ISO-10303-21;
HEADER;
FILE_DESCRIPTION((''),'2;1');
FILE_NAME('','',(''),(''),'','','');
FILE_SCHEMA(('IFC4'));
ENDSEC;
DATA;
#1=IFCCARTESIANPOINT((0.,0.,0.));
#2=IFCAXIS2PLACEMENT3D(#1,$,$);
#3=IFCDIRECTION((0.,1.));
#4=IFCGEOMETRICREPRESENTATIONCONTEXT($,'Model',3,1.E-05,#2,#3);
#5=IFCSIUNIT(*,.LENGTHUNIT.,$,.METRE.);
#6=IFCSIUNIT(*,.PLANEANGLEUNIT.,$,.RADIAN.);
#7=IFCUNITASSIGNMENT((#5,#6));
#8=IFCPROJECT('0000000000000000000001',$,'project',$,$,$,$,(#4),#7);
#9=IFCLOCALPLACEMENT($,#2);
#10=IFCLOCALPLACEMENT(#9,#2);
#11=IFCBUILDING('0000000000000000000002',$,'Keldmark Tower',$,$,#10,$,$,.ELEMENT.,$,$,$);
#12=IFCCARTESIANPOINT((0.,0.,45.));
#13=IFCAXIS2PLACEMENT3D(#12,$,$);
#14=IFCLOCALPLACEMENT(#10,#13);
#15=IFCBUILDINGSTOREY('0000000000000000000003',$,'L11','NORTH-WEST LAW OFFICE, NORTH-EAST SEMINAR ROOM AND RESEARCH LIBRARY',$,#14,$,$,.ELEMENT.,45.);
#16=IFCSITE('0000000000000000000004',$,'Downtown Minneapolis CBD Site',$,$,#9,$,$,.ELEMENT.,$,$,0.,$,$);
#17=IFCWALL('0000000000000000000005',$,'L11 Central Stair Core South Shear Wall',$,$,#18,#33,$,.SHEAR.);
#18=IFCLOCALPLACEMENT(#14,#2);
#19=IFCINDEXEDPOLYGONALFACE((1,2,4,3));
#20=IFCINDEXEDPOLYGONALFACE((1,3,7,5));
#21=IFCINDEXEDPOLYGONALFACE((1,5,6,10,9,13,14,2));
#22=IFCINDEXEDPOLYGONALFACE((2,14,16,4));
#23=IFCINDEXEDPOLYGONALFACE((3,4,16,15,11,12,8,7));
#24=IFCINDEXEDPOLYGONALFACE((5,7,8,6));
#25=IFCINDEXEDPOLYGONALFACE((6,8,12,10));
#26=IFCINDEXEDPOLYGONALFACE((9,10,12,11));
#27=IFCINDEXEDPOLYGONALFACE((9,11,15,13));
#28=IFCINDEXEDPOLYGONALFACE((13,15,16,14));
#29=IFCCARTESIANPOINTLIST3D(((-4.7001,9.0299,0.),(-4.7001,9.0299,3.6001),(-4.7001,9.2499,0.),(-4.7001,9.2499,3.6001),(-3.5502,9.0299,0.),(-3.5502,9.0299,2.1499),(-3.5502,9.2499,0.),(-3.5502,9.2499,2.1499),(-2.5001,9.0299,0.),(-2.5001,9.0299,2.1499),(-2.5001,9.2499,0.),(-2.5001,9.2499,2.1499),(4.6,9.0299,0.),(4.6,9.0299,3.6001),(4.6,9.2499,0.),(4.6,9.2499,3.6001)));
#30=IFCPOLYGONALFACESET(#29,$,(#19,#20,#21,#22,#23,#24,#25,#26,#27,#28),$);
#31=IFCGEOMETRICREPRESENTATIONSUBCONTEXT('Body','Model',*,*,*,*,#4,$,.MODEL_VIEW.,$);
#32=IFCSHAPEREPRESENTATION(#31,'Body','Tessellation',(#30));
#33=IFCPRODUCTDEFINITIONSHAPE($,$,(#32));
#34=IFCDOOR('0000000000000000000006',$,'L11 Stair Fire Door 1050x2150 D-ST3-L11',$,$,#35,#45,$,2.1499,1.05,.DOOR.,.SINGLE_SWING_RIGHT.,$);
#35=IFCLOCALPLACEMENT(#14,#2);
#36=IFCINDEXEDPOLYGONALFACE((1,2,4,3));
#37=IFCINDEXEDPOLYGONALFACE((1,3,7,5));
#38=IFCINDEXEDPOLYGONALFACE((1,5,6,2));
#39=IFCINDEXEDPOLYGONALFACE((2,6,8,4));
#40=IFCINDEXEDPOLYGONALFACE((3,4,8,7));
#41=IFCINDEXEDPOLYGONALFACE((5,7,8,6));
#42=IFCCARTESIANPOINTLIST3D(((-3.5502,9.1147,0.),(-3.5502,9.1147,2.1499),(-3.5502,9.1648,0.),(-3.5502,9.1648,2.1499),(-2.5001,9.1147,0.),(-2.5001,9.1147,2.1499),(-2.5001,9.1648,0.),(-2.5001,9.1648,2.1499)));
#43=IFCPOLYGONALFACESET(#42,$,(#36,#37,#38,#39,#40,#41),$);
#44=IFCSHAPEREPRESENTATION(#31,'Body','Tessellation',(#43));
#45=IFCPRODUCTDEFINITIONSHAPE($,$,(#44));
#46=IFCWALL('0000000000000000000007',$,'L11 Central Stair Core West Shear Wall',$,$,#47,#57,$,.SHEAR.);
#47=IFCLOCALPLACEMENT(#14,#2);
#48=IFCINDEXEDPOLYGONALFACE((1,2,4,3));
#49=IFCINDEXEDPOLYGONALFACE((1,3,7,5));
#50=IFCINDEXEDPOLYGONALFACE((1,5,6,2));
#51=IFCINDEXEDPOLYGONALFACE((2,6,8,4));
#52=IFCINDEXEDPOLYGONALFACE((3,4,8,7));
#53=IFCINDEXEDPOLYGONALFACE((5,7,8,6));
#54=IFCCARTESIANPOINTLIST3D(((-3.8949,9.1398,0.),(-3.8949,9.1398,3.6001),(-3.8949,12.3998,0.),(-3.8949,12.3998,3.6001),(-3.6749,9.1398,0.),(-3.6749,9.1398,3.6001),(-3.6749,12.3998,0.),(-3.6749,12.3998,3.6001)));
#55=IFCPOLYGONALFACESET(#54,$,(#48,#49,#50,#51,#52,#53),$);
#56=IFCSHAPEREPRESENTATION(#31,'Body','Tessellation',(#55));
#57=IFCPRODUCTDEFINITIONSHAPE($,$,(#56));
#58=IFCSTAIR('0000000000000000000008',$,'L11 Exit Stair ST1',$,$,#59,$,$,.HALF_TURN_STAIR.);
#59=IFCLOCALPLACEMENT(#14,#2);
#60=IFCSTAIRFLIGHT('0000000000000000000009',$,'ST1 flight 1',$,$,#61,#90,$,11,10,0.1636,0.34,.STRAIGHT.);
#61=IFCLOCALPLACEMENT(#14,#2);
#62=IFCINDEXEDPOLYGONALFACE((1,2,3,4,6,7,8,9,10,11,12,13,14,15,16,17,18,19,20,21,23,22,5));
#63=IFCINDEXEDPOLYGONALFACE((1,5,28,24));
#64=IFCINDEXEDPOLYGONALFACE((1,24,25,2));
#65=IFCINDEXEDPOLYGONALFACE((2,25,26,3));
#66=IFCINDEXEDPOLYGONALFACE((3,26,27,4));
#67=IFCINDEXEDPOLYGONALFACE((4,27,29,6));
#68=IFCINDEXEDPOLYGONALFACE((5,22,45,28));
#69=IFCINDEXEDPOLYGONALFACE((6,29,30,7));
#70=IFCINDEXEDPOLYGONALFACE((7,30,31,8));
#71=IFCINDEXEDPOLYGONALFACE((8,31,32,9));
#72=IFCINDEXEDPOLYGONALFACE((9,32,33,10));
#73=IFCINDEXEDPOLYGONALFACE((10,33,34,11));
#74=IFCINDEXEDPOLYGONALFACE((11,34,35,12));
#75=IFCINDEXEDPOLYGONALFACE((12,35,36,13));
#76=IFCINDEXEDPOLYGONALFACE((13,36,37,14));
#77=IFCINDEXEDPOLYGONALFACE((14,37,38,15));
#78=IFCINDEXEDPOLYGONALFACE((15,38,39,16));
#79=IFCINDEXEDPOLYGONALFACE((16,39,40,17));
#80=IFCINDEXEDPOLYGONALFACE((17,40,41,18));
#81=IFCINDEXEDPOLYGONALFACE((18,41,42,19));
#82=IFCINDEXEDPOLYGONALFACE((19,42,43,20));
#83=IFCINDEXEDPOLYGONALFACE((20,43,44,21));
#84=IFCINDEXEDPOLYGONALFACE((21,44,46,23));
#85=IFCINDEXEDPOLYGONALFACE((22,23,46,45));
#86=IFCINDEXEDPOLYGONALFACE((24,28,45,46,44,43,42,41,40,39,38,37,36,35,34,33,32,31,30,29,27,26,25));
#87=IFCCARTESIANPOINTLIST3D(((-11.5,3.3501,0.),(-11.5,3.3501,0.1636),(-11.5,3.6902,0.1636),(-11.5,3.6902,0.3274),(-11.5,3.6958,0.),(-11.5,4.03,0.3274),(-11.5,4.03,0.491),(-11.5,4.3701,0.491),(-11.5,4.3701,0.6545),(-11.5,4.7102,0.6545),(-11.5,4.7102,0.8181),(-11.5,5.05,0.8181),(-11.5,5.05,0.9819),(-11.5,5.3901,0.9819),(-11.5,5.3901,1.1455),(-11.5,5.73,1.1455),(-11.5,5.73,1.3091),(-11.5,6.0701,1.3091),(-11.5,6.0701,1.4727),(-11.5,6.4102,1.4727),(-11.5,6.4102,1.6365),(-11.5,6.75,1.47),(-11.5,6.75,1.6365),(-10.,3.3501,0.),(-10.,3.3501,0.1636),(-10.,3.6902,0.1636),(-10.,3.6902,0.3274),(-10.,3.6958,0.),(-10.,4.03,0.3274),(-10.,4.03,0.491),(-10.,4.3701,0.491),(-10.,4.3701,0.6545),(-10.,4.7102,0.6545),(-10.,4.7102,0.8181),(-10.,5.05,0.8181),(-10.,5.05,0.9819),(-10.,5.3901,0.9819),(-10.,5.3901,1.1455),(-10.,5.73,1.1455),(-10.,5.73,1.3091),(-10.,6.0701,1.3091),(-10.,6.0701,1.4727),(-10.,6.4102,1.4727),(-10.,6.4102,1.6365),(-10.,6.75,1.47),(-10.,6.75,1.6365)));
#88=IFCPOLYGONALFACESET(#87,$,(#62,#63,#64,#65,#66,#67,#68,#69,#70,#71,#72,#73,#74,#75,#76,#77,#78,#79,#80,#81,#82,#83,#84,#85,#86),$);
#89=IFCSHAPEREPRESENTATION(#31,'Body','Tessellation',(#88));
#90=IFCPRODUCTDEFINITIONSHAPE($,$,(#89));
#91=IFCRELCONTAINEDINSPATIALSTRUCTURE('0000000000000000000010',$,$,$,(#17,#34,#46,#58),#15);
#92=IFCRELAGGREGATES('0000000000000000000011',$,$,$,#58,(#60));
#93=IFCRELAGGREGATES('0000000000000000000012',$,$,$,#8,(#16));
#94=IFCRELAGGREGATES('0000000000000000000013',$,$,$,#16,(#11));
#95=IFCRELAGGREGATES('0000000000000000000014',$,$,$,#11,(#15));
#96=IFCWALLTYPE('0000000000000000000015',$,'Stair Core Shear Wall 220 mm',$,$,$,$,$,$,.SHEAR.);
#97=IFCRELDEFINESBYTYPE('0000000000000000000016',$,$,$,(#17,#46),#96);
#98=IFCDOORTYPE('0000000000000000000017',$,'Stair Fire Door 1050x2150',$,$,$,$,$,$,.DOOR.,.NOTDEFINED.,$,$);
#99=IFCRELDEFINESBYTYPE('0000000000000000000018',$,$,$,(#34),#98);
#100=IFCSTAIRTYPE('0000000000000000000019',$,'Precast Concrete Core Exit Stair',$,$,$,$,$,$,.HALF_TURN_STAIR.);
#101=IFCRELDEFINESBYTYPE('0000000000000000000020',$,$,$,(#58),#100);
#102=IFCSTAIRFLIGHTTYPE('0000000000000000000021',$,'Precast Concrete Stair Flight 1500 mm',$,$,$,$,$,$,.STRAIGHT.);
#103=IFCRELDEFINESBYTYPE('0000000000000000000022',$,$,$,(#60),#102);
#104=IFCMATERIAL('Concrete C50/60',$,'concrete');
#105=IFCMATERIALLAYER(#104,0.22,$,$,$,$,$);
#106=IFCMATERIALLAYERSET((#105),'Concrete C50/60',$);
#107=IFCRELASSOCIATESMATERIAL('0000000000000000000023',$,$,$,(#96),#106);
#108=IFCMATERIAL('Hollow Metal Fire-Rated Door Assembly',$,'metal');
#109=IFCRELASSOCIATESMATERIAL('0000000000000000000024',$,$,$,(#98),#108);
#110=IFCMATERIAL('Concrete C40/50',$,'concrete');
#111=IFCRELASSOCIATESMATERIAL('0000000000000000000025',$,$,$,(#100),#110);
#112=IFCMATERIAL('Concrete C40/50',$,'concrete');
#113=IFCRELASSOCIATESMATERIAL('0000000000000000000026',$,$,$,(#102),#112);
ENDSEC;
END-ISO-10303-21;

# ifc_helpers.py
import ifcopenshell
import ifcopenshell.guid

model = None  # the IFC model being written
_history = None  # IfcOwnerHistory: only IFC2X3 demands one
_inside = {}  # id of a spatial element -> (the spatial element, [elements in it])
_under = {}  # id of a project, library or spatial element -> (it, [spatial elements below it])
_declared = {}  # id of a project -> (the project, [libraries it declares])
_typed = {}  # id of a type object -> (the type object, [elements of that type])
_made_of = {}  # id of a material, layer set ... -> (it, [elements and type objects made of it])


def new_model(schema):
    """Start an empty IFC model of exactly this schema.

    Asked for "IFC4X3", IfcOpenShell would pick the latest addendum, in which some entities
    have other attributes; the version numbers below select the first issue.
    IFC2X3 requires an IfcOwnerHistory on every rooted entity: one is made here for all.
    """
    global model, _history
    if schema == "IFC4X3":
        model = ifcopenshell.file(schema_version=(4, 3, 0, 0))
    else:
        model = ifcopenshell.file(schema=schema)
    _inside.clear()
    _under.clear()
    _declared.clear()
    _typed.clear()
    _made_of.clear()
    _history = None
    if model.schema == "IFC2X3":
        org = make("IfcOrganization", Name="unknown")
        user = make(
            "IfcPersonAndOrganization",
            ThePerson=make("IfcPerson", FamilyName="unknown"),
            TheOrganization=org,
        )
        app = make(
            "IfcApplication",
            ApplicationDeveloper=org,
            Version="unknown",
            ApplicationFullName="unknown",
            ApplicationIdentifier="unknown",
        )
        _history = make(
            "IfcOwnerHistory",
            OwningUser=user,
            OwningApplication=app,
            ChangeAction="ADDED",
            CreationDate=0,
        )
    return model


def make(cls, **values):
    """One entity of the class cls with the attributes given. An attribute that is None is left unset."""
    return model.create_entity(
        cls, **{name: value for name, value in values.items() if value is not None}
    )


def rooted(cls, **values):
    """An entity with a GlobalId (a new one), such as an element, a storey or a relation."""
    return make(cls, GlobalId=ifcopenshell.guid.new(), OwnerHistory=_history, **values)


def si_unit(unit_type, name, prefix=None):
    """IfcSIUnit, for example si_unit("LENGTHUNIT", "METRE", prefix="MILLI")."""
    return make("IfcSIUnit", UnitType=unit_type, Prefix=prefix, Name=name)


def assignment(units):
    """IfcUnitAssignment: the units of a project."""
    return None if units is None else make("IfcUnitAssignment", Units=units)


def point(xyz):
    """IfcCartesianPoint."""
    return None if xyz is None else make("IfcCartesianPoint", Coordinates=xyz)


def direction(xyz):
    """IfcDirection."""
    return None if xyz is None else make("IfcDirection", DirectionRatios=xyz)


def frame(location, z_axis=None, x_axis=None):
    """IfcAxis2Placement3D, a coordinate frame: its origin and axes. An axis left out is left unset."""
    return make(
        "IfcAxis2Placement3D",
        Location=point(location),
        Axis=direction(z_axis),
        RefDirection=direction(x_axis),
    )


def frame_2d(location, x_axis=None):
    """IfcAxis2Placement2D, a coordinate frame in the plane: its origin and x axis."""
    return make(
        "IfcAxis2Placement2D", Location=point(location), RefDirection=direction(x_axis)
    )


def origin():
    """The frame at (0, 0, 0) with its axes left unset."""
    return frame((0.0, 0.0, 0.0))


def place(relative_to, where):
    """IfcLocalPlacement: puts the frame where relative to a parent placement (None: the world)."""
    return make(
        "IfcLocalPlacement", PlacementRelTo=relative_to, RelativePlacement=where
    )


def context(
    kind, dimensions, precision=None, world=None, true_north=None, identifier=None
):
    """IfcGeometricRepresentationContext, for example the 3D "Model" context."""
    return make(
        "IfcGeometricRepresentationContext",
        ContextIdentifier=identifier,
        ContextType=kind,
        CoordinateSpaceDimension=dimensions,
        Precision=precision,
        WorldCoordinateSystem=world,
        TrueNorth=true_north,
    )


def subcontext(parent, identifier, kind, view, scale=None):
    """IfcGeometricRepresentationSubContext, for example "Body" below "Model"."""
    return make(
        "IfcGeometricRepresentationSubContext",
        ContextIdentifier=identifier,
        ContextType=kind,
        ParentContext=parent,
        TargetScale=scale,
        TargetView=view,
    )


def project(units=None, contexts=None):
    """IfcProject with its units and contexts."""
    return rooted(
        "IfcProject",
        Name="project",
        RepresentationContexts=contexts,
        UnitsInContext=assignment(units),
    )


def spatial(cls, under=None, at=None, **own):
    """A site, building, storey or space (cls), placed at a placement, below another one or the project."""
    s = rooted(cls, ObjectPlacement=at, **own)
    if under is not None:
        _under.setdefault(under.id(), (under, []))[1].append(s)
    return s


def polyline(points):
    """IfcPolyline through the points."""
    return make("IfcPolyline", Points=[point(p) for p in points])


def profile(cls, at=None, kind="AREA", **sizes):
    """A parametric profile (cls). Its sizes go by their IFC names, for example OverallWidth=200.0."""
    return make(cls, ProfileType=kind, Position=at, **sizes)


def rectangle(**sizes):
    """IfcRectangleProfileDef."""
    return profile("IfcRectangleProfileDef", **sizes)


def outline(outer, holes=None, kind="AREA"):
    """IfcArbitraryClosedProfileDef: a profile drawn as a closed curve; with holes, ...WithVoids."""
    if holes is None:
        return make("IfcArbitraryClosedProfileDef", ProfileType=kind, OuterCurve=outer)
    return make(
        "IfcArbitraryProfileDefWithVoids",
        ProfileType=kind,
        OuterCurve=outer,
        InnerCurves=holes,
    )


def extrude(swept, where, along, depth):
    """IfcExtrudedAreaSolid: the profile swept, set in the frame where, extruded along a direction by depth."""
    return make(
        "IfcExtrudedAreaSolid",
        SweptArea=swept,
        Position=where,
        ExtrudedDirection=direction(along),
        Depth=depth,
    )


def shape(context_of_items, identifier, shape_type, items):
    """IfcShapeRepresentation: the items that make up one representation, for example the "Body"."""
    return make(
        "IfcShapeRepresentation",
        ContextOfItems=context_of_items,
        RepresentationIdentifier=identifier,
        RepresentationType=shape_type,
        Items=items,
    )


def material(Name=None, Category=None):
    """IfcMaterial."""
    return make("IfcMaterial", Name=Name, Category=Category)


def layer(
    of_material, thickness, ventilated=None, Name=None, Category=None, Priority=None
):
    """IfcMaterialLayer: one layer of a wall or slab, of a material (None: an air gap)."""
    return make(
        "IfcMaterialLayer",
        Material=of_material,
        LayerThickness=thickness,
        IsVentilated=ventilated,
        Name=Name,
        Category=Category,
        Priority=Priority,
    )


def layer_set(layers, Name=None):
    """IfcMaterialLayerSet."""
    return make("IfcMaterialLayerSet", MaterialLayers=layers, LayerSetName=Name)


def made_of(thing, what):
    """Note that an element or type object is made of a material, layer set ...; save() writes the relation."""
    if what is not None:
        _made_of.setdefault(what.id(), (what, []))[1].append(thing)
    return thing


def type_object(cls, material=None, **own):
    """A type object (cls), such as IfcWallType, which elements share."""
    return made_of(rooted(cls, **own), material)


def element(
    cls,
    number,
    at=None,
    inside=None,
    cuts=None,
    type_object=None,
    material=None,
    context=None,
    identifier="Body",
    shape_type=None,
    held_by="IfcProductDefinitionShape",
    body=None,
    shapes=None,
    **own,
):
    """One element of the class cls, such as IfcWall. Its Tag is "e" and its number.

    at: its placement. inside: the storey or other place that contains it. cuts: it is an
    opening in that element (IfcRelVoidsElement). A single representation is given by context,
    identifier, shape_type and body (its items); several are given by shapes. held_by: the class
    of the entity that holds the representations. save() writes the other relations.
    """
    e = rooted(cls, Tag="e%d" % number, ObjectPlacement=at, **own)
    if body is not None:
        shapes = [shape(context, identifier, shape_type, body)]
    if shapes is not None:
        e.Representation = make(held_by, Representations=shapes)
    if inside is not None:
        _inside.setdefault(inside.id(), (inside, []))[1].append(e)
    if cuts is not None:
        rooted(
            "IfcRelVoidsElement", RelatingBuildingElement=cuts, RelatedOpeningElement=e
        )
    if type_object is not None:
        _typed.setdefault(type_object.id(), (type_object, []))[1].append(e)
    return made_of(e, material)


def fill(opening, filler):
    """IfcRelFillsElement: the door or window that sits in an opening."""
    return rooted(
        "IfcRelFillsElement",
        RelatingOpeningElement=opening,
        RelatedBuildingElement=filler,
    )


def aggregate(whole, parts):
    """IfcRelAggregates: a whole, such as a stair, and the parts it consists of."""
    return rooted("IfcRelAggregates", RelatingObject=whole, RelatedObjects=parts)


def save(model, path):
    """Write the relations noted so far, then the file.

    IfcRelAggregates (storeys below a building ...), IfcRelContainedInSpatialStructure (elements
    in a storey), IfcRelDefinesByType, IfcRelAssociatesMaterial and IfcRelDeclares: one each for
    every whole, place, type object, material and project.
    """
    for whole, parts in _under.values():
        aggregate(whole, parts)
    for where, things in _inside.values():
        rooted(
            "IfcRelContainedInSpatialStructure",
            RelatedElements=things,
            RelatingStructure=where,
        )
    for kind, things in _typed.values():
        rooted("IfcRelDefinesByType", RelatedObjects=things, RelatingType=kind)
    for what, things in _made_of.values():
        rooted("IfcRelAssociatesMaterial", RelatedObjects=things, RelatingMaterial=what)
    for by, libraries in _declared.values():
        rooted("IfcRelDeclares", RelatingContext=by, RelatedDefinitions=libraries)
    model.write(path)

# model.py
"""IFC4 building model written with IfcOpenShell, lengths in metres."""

from ifc_helpers import new_model, si_unit, direction, frame, frame_2d, origin, place, context, subcontext, project, spatial, polyline, rectangle, outline, extrude, material, layer, layer_set, type_object, element, fill, aggregate, save


model = new_model("IFC4")

# Units and contexts
model_context = context("Model", 3, precision=1e-05, world=origin(), true_north=direction((0.0, 1.0)))
body_context = subcontext(model_context, "Body", "Model", "MODEL_VIEW")
ifc_project = project(units=[si_unit("LENGTHUNIT", "METRE"), si_unit("PLANEANGLEUNIT", "RADIAN")], contexts=[model_context])

# Site, building, storey
site_placement = place(None, origin())
site = spatial("IfcSite", under=ifc_project, at=site_placement, Name="Downtown Minneapolis CBD Site", CompositionType="ELEMENT", RefElevation=0.0)
building_placement = place(site_placement, origin())
building = spatial("IfcBuilding", under=site, at=building_placement, Name="Keldmark Tower", CompositionType="ELEMENT")
storey_placement = place(building_placement, frame((0.0, 0.0, 45.0)))
storey = spatial("IfcBuildingStorey", under=building, at=storey_placement, Name="L11", Description="NORTH-WEST LAW OFFICE, NORTH-EAST SEMINAR ROOM AND RESEARCH LIBRARY", CompositionType="ELEMENT", Elevation=45.0)

# Shared definitions
ifc_material_1 = material(Name="Concrete C50/60", Category="concrete")
ifc_layer_1 = layer(ifc_material_1, 0.22)
ifc_layer_set_1 = layer_set([ifc_layer_1], Name="Concrete C50/60")
wall_type_1 = type_object("IfcWallType", Name="Stair Core Shear Wall 220 mm", PredefinedType="SHEAR", material=ifc_layer_set_1)

# Wall, opening, door
wall_1_placement = place(storey_placement, frame((-4.7, 9.1399, 0.0), z_axis=(0.0, 0.0, 1.0), x_axis=(1.0, 0.0, 0.0)))
wall_1 = element("IfcWall", 1, at=wall_1_placement, inside=storey, type_object=wall_type_1, Name="L11 Central Stair Core South Shear Wall", PredefinedType="SHEAR", context=body_context, shape_type="SweptSolid", body=[
    extrude(rectangle(XDim=9.3, YDim=0.22, at=frame_2d((4.6499, 0.0))), origin(), (0.0, 0.0, 1.0), 3.6001),
])
opening_1_placement = place(wall_1_placement, frame((1.1499, 0.0, 0.0)))
opening_1 = element("IfcOpeningElement", 2, at=opening_1_placement, cuts=wall_1, PredefinedType="OPENING", context=body_context, shape_type="SweptSolid", body=[
    extrude(rectangle(XDim=1.05, YDim=2.1499, at=frame_2d((0.5249, 1.075))), frame((0.0, 0.1199, 0.0), z_axis=(0.0, -1.0, 0.0), x_axis=(1.0, 0.0, 0.0)), (0.0, 0.0, 1.0), 0.24),
])
ifc_material_2 = material(Name="Hollow Metal Fire-Rated Door Assembly", Category="metal")
door_type_1 = type_object("IfcDoorType", Name="Stair Fire Door 1050x2150", OperationType="NOTDEFINED", PredefinedType="DOOR", material=ifc_material_2)
door_1_placement = place(opening_1_placement, origin())
door_1 = element("IfcDoor", 3, at=door_1_placement, inside=storey, type_object=door_type_1, Name="L11 Stair Fire Door 1050x2150 D-ST3-L11", OperationType="SINGLE_SWING_RIGHT", OverallHeight=2.1499, OverallWidth=1.05, PredefinedType="DOOR", context=body_context, shape_type="SweptSolid", body=[
    extrude(rectangle(XDim=1.05, YDim=2.1499, at=frame_2d((0.5249, 1.075))), frame((0.0, 0.0249, 0.0), z_axis=(0.0, -1.0, 0.0), x_axis=(1.0, 0.0, 0.0)), (0.0, 0.0, 1.0), 0.05),
])
fill(opening_1, door_1)

# Wall
wall_2_placement = place(storey_placement, frame((-3.7849, 9.1399, 0.0), z_axis=(0.0, 0.0, 1.0), x_axis=(0.0, 1.0, 0.0)))
element("IfcWall", 4, at=wall_2_placement, inside=storey, type_object=wall_type_1, Name="L11 Central Stair Core West Shear Wall", PredefinedType="SHEAR", context=body_context, shape_type="SweptSolid", body=[
    extrude(rectangle(XDim=3.26, YDim=0.22, at=frame_2d((1.6299, 0.0))), origin(), (0.0, 0.0, 1.0), 3.6001),
])

# Stair, stair flight
ifc_material_3 = material(Name="Concrete C40/50", Category="concrete")
stair_type = type_object("IfcStairType", Name="Precast Concrete Core Exit Stair", PredefinedType="HALF_TURN_STAIR", material=ifc_material_3)
stair_placement = place(storey_placement, origin())
stair = element("IfcStair", 5, at=stair_placement, inside=storey, type_object=stair_type, Name="L11 Exit Stair ST1", PredefinedType="HALF_TURN_STAIR")
ifc_material_4 = material(Name="Concrete C40/50", Category="concrete")
stair_flight_type = type_object("IfcStairFlightType", Name="Precast Concrete Stair Flight 1500 mm", PredefinedType="STRAIGHT", material=ifc_material_4)
stair_flight_placement = place(storey_placement, frame((-10.75, 3.3501, 0.0), z_axis=(0.0, 0.0, 1.0), x_axis=(0.0, 1.0, 0.0)))
stair_flight = element("IfcStairFlight", 6, at=stair_flight_placement, type_object=stair_flight_type, Name="ST1 flight 1", NumberOfRisers=11, NumberOfTreads=10, PredefinedType="STRAIGHT", RiserHeight=0.1636, TreadLength=0.34, context=body_context, shape_type="SweptSolid", body=[
    extrude(outline(polyline([(0.0, 0.0), (0.0, 0.1636), (0.3401, 0.1636), (0.3401, 0.3274), (0.6799, 0.3274), (0.6799, 0.491), (1.02, 0.491), (1.02, 0.6545), (1.3601, 0.6545), (1.3601, 0.8181), (1.7, 0.8181), (1.7, 0.9819), (2.04, 0.9819), (2.04, 1.1455), (2.3799, 1.1455), (2.3799, 1.3091), (2.72, 1.3091), (2.72, 1.4727), (3.0601, 1.4727), (3.0601, 1.6365), (3.3999, 1.6365), (3.3999, 1.8), (3.3999, 1.47), (0.3457, 0.0), (0.0, 0.0)])), frame((0.0, 0.75, 0.0), z_axis=(0.0, -1.0, 0.0), x_axis=(1.0, 0.0, 0.0)), (0.0, 0.0, 1.0), 1.5),
])
aggregate(stair, [stair_flight])

save(model, "model.ifc")
